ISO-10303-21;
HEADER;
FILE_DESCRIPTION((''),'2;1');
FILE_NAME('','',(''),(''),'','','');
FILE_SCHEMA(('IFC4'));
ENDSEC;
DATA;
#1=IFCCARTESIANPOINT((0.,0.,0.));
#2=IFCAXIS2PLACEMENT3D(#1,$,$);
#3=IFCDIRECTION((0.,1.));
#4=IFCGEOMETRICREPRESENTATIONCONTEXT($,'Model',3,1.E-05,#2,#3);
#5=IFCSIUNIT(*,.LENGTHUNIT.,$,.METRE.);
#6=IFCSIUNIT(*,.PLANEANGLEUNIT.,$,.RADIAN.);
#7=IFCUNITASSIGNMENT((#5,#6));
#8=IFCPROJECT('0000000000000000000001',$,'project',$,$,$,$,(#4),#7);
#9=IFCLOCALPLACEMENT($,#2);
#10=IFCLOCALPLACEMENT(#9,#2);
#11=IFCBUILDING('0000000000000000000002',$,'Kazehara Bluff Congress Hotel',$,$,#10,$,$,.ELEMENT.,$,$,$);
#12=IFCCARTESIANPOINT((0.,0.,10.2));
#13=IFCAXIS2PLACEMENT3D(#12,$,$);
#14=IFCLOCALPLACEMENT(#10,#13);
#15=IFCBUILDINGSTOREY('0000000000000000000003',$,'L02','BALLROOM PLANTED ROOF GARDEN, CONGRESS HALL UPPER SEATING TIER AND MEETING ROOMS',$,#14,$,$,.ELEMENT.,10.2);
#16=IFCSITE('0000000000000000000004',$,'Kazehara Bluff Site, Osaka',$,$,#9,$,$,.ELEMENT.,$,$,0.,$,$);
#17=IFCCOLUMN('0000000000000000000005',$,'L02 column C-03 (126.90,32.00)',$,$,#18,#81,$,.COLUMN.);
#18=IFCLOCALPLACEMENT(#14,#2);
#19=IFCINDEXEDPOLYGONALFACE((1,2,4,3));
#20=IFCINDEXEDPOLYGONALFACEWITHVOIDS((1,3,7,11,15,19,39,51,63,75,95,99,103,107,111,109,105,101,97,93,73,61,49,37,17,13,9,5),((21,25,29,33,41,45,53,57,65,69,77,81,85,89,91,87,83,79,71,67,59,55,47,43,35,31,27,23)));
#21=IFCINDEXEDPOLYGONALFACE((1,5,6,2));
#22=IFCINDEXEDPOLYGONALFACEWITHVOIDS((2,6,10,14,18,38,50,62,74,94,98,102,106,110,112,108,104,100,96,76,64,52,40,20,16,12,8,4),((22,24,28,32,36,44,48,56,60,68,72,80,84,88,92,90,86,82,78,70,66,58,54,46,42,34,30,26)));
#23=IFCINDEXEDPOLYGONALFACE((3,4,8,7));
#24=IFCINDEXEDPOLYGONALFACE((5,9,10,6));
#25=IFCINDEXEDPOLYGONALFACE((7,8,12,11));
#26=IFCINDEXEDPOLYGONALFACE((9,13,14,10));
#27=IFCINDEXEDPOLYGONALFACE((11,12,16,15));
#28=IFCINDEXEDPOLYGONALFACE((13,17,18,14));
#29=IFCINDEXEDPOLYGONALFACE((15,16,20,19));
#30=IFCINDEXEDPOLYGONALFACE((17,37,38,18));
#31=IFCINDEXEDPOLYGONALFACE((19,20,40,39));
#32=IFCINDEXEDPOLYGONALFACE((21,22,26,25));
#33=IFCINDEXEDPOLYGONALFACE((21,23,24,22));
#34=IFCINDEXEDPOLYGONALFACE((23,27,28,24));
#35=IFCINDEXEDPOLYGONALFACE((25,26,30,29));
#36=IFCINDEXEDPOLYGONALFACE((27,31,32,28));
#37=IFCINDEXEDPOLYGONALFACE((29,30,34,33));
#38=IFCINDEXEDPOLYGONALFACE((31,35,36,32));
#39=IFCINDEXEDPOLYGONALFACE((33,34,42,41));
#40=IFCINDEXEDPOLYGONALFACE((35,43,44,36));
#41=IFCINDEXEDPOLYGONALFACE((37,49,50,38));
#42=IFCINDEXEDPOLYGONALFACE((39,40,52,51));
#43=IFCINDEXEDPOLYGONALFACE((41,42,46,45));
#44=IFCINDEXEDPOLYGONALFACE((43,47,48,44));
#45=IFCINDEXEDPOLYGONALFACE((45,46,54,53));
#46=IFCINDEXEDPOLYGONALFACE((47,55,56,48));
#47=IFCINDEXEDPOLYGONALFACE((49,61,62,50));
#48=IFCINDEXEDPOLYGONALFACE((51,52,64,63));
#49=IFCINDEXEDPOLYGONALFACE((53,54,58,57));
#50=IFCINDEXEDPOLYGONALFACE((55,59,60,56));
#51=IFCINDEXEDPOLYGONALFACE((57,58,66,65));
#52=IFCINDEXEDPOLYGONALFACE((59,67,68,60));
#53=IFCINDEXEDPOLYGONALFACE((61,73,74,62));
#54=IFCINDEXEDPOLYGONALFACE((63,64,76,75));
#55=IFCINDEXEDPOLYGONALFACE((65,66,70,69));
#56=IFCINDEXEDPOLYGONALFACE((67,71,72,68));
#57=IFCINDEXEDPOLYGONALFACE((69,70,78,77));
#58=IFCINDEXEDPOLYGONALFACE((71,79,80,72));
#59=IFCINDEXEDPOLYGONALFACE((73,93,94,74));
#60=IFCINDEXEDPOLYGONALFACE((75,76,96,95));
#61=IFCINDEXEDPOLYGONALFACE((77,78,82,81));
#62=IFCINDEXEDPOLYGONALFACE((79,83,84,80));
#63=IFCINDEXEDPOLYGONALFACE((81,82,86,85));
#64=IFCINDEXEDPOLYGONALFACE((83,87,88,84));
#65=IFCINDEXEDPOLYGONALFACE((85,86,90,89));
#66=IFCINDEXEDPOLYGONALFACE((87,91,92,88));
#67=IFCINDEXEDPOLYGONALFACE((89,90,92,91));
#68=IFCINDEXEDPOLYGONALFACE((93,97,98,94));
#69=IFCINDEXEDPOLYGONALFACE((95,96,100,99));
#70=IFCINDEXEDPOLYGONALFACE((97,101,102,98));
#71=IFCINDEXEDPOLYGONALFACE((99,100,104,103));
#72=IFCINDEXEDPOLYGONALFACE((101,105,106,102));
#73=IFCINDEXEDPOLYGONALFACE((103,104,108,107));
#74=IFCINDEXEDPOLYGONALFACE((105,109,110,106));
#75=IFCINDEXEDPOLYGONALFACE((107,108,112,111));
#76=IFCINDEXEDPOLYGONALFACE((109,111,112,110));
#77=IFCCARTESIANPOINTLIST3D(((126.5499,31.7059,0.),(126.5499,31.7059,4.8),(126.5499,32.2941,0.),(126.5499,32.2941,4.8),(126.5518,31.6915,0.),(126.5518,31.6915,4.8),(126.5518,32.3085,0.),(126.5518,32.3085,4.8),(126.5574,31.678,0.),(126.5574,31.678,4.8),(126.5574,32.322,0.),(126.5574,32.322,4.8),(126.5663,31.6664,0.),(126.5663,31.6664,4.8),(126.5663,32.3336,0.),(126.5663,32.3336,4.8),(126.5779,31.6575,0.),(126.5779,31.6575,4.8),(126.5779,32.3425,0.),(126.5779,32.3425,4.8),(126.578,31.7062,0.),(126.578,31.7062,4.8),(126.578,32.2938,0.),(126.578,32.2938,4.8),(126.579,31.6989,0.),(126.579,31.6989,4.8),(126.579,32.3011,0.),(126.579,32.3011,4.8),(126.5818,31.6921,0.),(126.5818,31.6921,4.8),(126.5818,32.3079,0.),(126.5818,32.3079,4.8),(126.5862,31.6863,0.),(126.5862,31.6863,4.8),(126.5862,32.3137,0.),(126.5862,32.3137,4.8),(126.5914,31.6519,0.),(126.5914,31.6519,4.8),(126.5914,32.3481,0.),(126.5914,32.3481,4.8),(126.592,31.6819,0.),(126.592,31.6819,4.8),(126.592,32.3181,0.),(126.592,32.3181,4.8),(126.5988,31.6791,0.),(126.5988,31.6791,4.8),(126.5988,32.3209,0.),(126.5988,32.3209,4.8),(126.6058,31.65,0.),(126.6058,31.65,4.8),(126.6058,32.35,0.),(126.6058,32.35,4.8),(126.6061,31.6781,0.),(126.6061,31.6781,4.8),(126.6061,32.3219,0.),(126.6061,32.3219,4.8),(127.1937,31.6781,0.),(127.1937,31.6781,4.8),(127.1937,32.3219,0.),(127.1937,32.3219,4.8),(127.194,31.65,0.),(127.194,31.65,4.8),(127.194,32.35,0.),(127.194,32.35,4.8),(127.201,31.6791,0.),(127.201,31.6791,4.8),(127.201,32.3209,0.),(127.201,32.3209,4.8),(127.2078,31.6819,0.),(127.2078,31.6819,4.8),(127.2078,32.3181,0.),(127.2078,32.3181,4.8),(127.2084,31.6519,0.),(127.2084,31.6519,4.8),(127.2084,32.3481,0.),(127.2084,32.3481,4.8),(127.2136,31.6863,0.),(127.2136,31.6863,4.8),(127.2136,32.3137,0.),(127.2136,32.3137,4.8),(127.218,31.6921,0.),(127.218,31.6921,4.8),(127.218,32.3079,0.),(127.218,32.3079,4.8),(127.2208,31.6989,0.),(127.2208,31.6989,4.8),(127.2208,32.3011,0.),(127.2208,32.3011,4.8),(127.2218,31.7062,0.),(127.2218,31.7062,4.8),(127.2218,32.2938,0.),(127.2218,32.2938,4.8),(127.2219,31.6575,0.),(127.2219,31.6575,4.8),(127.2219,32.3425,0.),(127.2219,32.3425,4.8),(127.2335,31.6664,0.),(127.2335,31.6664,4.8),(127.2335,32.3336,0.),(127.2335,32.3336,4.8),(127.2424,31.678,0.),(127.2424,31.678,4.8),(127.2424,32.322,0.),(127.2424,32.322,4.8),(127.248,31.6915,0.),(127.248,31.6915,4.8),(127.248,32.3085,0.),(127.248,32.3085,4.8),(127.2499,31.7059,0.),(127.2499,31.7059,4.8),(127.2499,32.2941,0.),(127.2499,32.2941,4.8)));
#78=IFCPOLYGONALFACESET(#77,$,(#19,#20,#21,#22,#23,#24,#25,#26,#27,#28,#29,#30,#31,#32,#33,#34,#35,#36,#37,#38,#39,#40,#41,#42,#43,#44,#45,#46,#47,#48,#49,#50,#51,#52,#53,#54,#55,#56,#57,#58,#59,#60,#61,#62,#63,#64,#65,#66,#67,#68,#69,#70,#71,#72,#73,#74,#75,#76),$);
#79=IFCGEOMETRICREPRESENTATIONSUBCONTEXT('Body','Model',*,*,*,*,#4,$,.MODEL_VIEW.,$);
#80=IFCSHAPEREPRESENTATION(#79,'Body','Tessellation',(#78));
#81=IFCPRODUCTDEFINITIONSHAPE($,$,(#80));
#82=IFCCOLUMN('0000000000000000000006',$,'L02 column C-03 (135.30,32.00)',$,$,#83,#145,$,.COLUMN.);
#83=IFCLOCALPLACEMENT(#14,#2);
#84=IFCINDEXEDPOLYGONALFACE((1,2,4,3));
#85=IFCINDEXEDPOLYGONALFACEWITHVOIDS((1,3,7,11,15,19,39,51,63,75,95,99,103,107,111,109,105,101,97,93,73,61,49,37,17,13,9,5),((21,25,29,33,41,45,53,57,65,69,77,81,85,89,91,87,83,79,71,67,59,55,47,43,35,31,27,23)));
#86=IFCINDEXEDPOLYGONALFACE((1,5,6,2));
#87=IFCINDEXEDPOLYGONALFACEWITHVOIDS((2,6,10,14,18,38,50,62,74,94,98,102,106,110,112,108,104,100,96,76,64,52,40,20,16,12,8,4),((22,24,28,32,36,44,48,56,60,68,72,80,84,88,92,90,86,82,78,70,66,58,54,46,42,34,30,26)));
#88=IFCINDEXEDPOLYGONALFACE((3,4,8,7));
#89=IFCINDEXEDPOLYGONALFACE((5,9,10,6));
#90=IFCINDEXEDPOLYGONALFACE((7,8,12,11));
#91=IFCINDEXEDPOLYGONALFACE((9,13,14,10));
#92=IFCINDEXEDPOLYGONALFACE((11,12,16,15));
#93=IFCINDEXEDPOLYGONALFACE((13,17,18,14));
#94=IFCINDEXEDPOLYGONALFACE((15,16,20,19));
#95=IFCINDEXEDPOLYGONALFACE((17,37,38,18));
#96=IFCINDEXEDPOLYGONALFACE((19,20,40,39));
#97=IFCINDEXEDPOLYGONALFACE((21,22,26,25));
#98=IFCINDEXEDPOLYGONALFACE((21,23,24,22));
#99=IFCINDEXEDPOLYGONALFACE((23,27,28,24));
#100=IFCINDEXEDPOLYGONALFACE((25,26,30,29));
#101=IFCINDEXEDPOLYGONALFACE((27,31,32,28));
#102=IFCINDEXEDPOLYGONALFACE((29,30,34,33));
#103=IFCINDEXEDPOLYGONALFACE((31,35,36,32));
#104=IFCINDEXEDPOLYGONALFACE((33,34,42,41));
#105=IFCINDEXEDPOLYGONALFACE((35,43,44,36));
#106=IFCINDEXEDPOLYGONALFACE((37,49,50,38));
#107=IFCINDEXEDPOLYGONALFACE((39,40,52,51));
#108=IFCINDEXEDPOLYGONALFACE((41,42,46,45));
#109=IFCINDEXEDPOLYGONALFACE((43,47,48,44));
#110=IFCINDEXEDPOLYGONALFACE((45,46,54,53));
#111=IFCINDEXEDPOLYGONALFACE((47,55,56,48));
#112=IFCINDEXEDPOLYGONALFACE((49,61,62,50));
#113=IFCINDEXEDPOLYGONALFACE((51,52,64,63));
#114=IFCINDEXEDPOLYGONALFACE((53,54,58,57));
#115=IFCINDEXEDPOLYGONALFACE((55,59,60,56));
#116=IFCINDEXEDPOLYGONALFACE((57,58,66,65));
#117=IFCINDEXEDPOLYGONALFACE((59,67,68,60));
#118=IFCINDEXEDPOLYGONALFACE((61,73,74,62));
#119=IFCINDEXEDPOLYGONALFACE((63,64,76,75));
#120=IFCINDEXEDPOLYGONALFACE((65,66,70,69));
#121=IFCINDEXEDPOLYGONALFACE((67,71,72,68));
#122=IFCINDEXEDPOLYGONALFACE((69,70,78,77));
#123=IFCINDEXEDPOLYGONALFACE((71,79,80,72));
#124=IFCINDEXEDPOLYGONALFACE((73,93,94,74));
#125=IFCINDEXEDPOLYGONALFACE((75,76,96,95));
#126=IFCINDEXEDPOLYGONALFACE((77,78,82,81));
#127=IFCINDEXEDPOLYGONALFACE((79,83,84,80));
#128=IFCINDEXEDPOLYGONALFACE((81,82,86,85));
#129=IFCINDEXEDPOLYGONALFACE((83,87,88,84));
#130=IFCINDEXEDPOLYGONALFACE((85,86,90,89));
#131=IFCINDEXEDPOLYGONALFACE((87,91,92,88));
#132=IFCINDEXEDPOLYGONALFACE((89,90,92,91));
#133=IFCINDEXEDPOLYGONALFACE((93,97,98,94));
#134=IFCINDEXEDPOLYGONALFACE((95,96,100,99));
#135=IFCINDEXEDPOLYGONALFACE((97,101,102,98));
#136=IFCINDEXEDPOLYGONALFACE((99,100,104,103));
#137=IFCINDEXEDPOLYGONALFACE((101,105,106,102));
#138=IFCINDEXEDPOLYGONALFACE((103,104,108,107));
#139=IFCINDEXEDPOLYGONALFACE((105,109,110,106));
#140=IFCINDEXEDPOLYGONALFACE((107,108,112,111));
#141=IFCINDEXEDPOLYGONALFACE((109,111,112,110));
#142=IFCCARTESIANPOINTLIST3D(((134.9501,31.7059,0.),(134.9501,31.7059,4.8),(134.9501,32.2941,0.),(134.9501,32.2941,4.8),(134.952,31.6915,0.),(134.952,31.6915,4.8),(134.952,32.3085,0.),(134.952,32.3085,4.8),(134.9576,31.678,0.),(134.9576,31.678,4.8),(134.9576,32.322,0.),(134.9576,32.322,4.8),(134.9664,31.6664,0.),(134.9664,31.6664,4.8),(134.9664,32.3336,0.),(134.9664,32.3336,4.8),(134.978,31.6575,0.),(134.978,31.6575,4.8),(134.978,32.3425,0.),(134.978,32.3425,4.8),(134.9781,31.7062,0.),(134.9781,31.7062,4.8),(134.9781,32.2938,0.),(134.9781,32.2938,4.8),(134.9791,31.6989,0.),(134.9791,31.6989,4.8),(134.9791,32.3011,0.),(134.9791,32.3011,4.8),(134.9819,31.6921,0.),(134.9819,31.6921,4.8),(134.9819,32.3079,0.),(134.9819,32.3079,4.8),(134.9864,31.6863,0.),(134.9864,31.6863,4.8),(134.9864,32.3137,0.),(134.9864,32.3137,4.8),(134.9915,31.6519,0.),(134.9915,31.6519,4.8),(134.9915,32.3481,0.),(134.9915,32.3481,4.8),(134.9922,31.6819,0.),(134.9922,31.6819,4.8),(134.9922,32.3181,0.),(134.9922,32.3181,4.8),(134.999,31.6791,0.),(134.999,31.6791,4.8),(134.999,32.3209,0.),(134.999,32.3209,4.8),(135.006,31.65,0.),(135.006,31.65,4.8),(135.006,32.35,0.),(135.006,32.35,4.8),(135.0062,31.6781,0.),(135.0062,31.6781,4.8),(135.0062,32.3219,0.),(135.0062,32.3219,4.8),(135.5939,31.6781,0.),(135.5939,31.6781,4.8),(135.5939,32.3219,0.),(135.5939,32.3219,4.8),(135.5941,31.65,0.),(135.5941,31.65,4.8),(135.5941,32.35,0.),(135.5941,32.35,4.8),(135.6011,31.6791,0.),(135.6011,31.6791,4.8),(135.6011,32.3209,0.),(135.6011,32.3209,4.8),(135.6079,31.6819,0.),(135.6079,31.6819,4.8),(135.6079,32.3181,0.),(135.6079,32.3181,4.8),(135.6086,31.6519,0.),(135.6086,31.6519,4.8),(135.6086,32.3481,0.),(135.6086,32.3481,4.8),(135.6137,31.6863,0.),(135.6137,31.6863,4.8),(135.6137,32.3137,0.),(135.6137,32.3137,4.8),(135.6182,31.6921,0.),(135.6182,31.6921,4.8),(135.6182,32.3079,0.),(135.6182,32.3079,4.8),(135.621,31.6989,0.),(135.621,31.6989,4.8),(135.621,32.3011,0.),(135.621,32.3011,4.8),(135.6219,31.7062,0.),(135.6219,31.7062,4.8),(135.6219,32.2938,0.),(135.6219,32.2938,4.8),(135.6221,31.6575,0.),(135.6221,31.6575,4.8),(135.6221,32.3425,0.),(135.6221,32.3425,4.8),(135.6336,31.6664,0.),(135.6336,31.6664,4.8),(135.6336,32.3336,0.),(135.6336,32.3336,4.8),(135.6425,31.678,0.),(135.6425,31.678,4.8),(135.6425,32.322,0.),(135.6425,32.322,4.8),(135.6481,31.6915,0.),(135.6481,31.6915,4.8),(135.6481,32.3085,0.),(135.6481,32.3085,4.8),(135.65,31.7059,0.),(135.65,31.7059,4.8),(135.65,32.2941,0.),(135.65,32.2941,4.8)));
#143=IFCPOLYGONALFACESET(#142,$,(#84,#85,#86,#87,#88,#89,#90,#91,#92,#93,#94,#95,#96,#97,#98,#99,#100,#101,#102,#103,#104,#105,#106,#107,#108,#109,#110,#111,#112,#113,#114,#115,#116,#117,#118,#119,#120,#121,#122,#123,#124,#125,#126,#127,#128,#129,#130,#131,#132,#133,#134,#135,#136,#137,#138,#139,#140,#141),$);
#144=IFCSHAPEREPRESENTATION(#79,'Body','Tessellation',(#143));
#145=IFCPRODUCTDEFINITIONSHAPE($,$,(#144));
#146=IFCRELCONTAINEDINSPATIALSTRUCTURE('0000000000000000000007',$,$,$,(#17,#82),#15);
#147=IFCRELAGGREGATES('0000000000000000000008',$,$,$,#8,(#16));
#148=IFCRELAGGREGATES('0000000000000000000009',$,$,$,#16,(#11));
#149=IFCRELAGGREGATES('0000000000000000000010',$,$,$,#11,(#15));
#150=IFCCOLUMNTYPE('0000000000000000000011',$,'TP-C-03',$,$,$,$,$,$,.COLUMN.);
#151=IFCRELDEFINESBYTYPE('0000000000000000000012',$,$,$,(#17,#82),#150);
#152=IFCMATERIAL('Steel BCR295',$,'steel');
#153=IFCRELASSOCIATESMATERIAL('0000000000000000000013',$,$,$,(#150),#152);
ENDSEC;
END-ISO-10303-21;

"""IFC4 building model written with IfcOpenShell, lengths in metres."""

from ifc_helpers import new_model, si_unit, direction, frame, origin, origin_2d, place, context, subcontext, project, spatial, hollow_rectangle, extrude, material, material_profile, profile_set, type_object, element, save


model = new_model("IFC4")

# Units and contexts
model_context = context("Model", 3, precision=1e-05, world=origin(), true_north=direction((0.0, 1.0)))
body_context = subcontext(model_context, "Body", "Model", "MODEL_VIEW")
ifc_project = project(units=[si_unit("LENGTHUNIT", "METRE"), si_unit("PLANEANGLEUNIT", "RADIAN")], contexts=[model_context])

# Site, building, storey
site_placement = place(None, origin())
site = spatial("IfcSite", under=ifc_project, at=site_placement, Name="Kazehara Bluff Site, Osaka", CompositionType="ELEMENT", RefElevation=0.0)
building_placement = place(site_placement, origin())
building = spatial("IfcBuilding", under=site, at=building_placement, Name="Kazehara Bluff Congress Hotel", CompositionType="ELEMENT")
storey_placement = place(building_placement, frame((0.0, 0.0, 10.2)))
storey = spatial("IfcBuildingStorey", under=building, at=storey_placement, Name="L02", Description="BALLROOM PLANTED ROOF GARDEN, CONGRESS HALL UPPER SEATING TIER AND MEETING ROOMS", CompositionType="ELEMENT", Elevation=10.2)

# Columns
ifc_material_1 = material(Name="Steel BCR295", Category="steel")
ifc_material_profile_1 = material_profile(ifc_material_1, hollow_rectangle(XDim=0.7, YDim=0.7, WallThickness=0.0281, InnerFilletRadius=0.0281, OuterFilletRadius=0.0559, at=origin_2d()))
ifc_profile_set_1 = profile_set([ifc_material_profile_1], Name="Steel BCR295")
column_type = type_object("IfcColumnType", Name="TP-C-03", PredefinedType="COLUMN", material=ifc_profile_set_1)
for number, where, z_axis, x_axis, name in (
    (1, (126.8999, 32.0, 0.0), (0.0, 0.0, 1.0), (1.0, 0.0, 0.0), "L02 column C-03 (126.90,32.00)"),
    (2, (135.3, 32.0, 0.0), (0.0, 0.0, 1.0), (1.0, 0.0, 0.0), "L02 column C-03 (135.30,32.00)"),
):
    element("IfcColumn", number, at=place(storey_placement, frame(where, z_axis=z_axis, x_axis=x_axis)), inside=storey, type_object=column_type, Name=name, PredefinedType="COLUMN", context=body_context, shape_type="SweptSolid", body=[
        extrude(hollow_rectangle(XDim=0.7, YDim=0.7, WallThickness=0.0281, InnerFilletRadius=0.0281, OuterFilletRadius=0.0559, at=origin_2d()), origin(), (0.0, 0.0, 1.0), 4.8),
    ])

save(model, "model.ifc")
